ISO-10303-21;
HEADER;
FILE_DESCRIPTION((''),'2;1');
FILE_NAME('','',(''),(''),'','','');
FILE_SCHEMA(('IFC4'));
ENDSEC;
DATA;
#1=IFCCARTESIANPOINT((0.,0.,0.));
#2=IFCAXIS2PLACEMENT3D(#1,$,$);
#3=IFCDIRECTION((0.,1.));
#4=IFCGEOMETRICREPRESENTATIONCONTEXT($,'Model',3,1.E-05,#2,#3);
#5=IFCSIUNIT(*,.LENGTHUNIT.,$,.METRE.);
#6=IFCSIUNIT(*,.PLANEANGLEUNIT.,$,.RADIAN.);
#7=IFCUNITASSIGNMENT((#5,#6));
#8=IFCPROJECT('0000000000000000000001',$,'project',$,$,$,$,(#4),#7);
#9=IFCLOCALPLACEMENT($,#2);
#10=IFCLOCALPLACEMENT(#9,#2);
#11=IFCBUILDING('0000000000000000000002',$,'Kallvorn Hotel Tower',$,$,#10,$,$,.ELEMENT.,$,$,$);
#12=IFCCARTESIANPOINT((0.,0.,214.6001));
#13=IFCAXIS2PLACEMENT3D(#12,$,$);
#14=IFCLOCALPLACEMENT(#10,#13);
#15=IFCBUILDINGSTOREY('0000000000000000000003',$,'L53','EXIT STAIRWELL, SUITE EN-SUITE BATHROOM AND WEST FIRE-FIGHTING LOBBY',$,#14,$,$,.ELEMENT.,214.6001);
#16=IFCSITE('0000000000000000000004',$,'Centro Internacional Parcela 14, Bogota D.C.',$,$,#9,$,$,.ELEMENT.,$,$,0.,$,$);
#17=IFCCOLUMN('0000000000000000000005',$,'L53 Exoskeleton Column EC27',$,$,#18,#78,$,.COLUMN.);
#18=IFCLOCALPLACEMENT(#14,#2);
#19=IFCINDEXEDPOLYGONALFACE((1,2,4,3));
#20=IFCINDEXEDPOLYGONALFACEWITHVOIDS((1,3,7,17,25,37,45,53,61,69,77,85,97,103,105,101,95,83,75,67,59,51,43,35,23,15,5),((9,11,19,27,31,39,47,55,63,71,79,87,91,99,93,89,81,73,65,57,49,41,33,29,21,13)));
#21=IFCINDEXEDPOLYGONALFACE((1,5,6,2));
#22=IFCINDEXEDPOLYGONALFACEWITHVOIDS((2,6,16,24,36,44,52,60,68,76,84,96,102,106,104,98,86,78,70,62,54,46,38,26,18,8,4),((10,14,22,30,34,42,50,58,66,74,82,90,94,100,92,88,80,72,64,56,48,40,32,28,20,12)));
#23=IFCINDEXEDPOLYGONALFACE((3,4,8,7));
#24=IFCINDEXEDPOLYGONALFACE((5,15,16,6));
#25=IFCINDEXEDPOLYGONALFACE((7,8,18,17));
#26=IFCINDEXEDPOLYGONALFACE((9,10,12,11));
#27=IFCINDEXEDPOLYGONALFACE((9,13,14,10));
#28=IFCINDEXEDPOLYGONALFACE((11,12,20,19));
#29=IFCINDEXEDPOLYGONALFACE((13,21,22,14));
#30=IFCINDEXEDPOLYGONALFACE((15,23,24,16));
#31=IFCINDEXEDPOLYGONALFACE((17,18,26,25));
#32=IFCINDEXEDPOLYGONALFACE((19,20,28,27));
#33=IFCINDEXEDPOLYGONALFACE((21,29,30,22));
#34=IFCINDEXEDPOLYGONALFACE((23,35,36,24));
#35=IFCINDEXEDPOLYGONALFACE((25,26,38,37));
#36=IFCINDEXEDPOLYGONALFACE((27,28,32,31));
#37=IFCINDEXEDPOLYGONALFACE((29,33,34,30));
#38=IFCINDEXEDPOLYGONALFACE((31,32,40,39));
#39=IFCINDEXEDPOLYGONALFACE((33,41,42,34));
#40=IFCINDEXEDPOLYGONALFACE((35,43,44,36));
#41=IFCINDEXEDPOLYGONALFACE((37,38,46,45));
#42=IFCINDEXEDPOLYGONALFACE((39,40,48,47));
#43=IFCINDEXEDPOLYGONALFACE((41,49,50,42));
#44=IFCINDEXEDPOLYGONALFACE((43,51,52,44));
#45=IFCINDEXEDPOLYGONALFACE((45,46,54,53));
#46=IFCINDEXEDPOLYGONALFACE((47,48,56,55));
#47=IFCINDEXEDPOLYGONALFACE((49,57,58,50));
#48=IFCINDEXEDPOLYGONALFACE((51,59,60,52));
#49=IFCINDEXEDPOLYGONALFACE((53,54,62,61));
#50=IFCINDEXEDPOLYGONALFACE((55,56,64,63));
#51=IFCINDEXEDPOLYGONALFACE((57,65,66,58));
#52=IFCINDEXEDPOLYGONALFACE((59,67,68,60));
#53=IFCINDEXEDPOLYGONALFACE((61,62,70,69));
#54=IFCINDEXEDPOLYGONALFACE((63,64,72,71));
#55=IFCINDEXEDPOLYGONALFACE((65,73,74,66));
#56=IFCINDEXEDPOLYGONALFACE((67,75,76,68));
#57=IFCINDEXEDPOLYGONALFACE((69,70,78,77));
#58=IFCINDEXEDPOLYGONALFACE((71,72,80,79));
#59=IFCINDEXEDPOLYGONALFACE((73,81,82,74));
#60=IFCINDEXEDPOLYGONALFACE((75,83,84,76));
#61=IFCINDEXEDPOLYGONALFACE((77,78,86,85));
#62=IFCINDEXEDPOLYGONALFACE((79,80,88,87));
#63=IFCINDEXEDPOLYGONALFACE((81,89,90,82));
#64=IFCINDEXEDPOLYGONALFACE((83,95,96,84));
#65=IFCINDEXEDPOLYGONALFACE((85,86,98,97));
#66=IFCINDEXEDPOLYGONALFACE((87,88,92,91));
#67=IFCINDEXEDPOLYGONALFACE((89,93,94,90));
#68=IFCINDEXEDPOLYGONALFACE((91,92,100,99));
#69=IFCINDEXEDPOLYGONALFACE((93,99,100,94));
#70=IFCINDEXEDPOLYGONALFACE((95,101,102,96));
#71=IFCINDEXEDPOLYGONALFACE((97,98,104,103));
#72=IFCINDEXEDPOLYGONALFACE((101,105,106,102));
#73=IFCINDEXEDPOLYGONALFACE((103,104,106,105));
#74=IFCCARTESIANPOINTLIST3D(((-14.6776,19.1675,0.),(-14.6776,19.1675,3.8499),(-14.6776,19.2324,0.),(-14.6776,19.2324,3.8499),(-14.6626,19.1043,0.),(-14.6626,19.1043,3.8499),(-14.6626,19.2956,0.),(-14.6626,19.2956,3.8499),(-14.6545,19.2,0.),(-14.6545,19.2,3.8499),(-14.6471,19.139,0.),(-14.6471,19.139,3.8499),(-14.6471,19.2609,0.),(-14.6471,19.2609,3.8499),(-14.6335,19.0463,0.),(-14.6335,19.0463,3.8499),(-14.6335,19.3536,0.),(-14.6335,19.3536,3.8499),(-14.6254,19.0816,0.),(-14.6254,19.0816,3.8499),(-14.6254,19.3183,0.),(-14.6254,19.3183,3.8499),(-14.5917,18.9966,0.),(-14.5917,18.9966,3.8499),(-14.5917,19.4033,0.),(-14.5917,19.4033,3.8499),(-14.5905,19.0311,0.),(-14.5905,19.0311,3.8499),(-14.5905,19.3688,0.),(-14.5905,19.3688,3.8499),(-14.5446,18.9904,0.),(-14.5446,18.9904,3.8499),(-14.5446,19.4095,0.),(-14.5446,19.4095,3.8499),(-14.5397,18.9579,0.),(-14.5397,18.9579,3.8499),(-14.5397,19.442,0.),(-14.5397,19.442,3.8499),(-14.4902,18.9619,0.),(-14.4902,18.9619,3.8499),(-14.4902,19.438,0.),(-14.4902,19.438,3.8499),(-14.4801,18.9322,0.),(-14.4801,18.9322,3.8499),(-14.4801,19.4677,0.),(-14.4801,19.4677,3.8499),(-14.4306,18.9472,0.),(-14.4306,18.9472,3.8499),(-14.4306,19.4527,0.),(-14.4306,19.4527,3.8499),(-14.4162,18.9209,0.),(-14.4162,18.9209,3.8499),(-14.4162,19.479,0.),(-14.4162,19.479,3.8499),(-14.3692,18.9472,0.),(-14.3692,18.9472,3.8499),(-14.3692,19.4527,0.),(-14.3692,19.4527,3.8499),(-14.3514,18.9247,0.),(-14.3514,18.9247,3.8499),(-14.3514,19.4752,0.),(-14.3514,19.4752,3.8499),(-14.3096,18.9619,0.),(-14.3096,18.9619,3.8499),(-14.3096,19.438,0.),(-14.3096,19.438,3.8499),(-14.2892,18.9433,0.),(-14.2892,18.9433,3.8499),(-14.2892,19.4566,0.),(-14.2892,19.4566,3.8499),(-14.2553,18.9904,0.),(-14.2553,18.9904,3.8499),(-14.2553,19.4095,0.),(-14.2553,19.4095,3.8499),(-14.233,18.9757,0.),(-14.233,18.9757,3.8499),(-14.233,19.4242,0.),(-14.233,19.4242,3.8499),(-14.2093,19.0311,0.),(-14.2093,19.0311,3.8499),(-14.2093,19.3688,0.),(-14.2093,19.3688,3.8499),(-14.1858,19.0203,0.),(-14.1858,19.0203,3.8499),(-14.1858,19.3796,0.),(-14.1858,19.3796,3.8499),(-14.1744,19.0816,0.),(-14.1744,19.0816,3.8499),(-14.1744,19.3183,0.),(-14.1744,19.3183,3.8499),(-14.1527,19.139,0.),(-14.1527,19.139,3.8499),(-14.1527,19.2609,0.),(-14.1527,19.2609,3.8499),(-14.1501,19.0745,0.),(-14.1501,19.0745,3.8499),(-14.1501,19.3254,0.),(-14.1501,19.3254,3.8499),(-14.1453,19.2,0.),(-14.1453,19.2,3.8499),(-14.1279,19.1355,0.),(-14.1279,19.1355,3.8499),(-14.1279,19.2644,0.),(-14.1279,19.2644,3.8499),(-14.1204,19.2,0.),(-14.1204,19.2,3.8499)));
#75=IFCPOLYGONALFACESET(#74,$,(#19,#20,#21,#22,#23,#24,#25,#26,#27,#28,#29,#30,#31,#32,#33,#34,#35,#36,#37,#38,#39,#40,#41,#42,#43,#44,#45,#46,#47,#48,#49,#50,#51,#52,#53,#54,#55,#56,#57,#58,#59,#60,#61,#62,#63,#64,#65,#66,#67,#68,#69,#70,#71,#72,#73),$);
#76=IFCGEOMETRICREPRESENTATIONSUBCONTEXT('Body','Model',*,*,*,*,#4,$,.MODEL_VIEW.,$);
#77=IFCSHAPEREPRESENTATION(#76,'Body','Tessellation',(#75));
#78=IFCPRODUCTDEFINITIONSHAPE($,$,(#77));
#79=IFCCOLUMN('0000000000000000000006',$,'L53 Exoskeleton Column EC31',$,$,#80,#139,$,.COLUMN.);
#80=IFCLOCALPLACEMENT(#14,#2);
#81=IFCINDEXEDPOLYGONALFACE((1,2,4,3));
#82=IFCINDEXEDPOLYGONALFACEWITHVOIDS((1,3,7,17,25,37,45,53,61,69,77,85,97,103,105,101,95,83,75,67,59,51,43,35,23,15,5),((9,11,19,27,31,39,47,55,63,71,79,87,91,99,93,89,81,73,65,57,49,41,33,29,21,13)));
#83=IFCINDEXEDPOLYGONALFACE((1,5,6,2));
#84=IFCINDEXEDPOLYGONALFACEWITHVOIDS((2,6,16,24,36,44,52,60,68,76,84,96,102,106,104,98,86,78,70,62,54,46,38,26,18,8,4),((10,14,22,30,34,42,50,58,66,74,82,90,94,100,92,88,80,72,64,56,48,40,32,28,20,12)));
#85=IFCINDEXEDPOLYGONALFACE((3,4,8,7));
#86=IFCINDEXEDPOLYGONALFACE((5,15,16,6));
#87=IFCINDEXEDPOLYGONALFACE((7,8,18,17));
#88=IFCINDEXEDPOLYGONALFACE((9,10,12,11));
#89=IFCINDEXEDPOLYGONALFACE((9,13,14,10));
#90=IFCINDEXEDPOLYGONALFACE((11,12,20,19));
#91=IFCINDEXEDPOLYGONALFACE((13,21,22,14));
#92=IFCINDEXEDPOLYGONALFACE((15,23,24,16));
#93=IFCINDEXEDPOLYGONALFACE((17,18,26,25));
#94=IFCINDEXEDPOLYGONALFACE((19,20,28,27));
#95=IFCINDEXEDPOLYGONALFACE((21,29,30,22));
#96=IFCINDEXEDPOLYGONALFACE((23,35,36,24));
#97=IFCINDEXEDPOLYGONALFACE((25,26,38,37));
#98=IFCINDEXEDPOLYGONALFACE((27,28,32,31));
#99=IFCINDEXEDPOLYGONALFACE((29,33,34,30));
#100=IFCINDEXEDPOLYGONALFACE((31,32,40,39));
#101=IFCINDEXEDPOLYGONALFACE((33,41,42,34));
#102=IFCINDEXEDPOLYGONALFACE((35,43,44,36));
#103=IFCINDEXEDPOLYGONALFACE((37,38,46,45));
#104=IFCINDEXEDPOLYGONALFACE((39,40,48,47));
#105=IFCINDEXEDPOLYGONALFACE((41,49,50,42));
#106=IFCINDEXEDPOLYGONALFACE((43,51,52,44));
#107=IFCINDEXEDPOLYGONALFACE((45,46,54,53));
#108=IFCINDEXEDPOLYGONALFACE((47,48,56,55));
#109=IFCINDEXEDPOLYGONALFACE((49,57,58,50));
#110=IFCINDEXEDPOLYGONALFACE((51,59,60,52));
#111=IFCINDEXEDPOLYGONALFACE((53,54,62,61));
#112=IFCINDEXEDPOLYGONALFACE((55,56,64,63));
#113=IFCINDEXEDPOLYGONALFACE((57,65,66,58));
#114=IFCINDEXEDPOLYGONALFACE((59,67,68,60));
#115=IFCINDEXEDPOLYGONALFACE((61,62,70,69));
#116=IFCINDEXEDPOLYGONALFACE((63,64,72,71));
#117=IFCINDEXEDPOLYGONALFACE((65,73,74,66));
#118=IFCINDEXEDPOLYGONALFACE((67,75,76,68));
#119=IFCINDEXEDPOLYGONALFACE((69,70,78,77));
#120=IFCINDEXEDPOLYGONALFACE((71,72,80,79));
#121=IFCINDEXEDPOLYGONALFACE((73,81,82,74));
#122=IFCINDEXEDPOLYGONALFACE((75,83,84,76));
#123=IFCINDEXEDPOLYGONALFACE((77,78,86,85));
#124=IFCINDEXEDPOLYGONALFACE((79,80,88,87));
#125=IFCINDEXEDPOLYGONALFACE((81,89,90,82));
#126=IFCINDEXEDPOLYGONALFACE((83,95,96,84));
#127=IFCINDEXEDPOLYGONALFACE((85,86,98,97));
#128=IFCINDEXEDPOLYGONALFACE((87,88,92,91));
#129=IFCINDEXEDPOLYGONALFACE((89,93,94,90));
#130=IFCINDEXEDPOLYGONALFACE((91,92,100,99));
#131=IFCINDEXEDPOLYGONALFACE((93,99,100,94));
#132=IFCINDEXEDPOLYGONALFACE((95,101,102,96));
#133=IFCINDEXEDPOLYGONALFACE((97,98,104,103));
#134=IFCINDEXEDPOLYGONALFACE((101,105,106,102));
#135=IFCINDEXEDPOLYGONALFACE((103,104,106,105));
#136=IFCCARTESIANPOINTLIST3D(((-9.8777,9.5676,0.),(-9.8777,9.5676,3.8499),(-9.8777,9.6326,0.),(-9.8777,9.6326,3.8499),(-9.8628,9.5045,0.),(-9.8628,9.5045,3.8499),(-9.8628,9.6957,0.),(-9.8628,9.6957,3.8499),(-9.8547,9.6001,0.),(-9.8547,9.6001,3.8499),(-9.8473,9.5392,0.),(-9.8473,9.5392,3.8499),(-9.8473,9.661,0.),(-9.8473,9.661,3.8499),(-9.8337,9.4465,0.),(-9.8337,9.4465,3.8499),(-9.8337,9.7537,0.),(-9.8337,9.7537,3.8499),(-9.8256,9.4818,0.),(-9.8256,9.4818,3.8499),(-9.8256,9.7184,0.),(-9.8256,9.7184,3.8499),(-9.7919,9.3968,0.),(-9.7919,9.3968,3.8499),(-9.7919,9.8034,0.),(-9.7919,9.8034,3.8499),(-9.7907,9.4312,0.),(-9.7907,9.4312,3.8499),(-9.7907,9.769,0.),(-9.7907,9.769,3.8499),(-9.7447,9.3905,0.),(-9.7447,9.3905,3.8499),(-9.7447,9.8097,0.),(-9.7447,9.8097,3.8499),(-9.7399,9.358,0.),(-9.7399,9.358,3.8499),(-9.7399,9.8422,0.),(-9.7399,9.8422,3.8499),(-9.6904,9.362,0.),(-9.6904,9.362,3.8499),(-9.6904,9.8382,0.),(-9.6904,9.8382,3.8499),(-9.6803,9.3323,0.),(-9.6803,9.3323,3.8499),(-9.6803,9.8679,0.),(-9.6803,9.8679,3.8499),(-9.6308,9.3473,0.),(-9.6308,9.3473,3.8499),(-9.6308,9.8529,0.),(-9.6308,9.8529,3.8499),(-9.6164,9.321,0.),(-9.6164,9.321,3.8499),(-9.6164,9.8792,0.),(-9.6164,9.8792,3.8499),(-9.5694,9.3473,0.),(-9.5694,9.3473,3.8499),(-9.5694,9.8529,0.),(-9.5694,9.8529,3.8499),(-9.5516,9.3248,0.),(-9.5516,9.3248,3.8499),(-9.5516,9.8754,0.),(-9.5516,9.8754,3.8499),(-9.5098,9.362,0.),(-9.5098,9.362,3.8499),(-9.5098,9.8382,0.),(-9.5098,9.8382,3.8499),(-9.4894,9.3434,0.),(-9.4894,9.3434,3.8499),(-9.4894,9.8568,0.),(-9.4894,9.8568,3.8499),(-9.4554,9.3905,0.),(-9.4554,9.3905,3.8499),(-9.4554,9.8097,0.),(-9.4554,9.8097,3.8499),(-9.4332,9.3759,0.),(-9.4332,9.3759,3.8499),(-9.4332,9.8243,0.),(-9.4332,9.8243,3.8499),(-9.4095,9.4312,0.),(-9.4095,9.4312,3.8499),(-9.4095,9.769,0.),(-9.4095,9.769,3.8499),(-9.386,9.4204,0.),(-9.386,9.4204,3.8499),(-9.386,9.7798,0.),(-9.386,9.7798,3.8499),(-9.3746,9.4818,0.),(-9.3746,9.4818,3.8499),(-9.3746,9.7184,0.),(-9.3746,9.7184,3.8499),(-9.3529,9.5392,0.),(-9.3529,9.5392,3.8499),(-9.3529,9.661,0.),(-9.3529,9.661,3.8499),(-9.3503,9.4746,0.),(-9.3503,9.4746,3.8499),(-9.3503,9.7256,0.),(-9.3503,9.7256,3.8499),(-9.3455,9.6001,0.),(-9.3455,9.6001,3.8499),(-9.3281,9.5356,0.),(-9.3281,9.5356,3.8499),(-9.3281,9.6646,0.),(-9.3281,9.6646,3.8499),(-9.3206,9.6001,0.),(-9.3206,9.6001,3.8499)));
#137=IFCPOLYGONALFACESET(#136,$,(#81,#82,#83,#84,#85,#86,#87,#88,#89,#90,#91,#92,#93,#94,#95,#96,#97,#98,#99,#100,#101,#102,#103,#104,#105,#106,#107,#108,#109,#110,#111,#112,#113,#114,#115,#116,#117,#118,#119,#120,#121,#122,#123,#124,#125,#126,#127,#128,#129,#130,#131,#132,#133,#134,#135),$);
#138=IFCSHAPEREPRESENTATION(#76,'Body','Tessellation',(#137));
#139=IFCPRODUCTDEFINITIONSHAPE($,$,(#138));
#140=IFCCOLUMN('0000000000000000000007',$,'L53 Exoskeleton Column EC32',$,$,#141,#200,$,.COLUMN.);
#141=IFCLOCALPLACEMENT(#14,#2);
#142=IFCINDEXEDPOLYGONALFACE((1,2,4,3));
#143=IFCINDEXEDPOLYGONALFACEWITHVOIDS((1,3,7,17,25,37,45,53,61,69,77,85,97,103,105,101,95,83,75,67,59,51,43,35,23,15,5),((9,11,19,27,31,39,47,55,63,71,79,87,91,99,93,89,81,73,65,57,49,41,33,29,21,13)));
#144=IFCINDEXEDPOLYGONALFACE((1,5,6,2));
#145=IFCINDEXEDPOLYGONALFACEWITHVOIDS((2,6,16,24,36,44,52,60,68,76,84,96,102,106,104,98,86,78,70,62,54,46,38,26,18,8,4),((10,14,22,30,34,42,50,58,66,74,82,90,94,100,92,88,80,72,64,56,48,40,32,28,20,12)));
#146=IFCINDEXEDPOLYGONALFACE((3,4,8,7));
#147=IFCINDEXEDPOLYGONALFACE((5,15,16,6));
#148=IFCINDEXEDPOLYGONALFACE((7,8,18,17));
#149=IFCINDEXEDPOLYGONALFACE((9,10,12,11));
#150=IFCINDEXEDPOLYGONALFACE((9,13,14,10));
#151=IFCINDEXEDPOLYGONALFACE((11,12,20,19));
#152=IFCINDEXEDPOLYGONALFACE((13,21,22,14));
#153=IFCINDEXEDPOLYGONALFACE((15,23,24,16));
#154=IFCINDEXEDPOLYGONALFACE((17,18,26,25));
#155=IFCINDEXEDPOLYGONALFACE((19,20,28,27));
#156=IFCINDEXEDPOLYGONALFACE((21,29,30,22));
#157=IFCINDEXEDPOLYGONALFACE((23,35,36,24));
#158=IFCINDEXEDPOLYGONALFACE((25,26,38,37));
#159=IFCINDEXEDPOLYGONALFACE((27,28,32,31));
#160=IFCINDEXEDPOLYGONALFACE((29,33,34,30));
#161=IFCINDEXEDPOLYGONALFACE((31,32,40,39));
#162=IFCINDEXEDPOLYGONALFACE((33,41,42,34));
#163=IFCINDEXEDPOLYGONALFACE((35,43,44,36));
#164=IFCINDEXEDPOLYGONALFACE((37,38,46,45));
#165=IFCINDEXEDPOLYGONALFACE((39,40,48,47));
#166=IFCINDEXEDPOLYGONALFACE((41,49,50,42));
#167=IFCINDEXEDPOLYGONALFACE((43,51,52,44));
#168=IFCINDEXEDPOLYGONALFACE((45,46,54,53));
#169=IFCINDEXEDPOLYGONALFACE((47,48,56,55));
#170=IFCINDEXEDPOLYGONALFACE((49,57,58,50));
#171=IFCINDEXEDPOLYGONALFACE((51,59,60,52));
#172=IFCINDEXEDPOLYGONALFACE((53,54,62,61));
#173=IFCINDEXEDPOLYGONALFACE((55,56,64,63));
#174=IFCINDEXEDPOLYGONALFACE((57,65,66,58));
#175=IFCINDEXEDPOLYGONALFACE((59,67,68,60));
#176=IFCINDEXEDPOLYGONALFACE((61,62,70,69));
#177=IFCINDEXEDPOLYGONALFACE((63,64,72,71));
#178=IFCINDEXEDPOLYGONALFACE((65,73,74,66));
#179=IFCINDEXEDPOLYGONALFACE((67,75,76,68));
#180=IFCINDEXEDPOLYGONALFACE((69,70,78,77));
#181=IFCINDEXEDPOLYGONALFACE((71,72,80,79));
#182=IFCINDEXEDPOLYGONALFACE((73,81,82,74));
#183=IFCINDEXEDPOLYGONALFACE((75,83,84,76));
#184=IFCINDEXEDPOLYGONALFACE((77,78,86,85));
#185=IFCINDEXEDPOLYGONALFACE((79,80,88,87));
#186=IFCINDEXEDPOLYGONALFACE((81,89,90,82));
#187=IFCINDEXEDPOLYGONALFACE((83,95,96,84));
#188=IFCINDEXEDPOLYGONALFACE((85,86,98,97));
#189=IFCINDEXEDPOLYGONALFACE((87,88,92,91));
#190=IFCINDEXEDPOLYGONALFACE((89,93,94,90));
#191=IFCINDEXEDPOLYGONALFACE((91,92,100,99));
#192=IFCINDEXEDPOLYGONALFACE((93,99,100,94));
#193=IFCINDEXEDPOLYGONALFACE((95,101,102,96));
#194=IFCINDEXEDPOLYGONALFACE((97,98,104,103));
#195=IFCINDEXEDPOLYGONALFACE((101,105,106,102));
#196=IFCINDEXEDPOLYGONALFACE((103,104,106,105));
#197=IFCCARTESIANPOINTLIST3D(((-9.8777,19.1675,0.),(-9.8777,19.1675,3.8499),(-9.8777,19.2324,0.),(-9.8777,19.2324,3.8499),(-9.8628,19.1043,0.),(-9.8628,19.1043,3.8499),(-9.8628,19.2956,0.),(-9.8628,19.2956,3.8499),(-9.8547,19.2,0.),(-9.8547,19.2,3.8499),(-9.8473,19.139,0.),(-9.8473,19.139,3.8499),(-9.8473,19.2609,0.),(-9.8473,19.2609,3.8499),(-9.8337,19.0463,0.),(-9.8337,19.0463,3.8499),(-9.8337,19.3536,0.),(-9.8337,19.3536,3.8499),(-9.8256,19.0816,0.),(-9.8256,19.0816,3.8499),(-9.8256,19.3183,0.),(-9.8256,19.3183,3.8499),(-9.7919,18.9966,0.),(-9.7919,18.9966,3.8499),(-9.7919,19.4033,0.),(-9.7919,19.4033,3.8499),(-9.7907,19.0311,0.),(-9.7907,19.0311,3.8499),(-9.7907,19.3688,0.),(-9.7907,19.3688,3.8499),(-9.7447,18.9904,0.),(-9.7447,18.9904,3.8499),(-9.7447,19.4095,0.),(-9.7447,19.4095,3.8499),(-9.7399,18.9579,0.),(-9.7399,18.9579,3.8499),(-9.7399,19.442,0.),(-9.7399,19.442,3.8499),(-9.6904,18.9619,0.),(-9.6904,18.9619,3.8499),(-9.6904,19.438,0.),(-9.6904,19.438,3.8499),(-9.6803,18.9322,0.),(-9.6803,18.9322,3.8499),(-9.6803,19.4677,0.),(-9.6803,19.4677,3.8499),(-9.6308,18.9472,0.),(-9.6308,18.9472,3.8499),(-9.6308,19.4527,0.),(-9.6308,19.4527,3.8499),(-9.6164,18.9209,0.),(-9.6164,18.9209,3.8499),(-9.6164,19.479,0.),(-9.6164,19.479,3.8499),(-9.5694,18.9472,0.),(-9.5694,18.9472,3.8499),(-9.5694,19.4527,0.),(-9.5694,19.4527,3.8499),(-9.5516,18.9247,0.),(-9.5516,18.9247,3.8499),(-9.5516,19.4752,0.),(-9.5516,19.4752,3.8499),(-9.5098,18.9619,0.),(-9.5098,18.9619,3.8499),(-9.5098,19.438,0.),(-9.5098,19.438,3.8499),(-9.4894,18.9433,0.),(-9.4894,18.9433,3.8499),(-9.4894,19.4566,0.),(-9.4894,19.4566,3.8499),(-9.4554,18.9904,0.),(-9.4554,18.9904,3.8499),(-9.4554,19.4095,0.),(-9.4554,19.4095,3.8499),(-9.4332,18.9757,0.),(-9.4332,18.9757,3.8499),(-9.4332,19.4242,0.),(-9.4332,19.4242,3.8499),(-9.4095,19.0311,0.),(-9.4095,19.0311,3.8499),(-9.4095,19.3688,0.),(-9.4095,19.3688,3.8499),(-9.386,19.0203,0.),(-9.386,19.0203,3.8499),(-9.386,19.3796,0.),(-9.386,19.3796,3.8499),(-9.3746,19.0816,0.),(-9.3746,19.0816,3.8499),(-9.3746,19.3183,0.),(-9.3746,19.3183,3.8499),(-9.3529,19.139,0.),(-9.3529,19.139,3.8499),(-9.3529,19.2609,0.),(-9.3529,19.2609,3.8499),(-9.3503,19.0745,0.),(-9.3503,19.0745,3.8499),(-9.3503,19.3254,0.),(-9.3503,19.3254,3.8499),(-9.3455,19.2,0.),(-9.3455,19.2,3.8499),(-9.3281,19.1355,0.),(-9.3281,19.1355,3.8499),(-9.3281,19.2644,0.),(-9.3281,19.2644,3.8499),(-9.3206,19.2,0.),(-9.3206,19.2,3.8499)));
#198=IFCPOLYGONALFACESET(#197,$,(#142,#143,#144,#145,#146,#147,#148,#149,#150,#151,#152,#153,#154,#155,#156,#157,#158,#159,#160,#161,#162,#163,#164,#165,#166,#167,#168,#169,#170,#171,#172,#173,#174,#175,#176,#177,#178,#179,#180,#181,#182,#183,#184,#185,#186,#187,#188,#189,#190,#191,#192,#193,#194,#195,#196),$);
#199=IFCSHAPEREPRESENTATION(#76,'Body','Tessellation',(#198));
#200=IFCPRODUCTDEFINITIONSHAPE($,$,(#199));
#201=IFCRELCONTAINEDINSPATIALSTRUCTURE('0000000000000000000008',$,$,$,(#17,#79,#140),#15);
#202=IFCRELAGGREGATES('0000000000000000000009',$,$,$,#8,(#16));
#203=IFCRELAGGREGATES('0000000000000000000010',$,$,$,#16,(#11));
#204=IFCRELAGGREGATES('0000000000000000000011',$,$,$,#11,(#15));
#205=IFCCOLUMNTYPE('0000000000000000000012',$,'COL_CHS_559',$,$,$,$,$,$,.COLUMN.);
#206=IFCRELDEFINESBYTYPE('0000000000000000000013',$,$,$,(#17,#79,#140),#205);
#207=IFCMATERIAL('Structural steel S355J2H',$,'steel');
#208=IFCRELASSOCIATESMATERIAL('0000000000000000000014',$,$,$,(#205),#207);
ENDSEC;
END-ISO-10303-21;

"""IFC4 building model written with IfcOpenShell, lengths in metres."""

from ifc_helpers import new_model, si_unit, direction, frame, origin, origin_2d, place, context, subcontext, project, spatial, hollow_circle, extrude, material, material_profile, profile_set, type_object, element, save


model = new_model("IFC4")

# Units and contexts
model_context = context("Model", 3, precision=1e-05, world=origin(), true_north=direction((0.0, 1.0)))
body_context = subcontext(model_context, "Body", "Model", "MODEL_VIEW")
ifc_project = project(units=[si_unit("LENGTHUNIT", "METRE"), si_unit("PLANEANGLEUNIT", "RADIAN")], contexts=[model_context])

# Site, building, storey
site_placement = place(None, origin())
site = spatial("IfcSite", under=ifc_project, at=site_placement, Name="Centro Internacional Parcela 14, Bogota D.C.", CompositionType="ELEMENT", RefElevation=0.0)
building_placement = place(site_placement, origin())
building = spatial("IfcBuilding", under=site, at=building_placement, Name="Kallvorn Hotel Tower", CompositionType="ELEMENT")
storey_placement = place(building_placement, frame((0.0, 0.0, 214.6001)))
storey = spatial("IfcBuildingStorey", under=building, at=storey_placement, Name="L53", Description="EXIT STAIRWELL, SUITE EN-SUITE BATHROOM AND WEST FIRE-FIGHTING LOBBY", CompositionType="ELEMENT", Elevation=214.6001)

# Columns
ifc_material_1 = material(Name="Structural steel S355J2H", Category="steel")
ifc_material_profile_1 = material_profile(ifc_material_1, hollow_circle(Radius=0.2795, WallThickness=0.0249, at=origin_2d()), Name="CHS 559x25")
ifc_profile_set_1 = profile_set([ifc_material_profile_1], Name="Structural steel S355J2H")
column_type_1 = type_object("IfcColumnType", Name="COL_CHS_559", PredefinedType="COLUMN", material=ifc_profile_set_1)
for number, where, z_axis, x_axis, name in (
    (1, (-14.3999, 19.2, 0.0), (0.0, 0.0, 1.0), (1.0, 0.0, 0.0), "L53 Exoskeleton Column EC27"),
    (2, (-9.6001, 9.6001, 0.0), (0.0, 0.0, 1.0), (1.0, 0.0, 0.0), "L53 Exoskeleton Column EC31"),
    (3, (-9.6001, 19.2, 0.0), (0.0, 0.0, 1.0), (1.0, 0.0, 0.0), "L53 Exoskeleton Column EC32"),
):
    element("IfcColumn", number, at=place(storey_placement, frame(where, z_axis=z_axis, x_axis=x_axis)), inside=storey, type_object=column_type_1, Name=name, PredefinedType="COLUMN", context=body_context, shape_type="SweptSolid", body=[
        extrude(hollow_circle(Radius=0.2795, WallThickness=0.0249, at=origin_2d()), origin(), (0.0, 0.0, 1.0), 3.8499),
    ])

save(model, "model.ifc")
